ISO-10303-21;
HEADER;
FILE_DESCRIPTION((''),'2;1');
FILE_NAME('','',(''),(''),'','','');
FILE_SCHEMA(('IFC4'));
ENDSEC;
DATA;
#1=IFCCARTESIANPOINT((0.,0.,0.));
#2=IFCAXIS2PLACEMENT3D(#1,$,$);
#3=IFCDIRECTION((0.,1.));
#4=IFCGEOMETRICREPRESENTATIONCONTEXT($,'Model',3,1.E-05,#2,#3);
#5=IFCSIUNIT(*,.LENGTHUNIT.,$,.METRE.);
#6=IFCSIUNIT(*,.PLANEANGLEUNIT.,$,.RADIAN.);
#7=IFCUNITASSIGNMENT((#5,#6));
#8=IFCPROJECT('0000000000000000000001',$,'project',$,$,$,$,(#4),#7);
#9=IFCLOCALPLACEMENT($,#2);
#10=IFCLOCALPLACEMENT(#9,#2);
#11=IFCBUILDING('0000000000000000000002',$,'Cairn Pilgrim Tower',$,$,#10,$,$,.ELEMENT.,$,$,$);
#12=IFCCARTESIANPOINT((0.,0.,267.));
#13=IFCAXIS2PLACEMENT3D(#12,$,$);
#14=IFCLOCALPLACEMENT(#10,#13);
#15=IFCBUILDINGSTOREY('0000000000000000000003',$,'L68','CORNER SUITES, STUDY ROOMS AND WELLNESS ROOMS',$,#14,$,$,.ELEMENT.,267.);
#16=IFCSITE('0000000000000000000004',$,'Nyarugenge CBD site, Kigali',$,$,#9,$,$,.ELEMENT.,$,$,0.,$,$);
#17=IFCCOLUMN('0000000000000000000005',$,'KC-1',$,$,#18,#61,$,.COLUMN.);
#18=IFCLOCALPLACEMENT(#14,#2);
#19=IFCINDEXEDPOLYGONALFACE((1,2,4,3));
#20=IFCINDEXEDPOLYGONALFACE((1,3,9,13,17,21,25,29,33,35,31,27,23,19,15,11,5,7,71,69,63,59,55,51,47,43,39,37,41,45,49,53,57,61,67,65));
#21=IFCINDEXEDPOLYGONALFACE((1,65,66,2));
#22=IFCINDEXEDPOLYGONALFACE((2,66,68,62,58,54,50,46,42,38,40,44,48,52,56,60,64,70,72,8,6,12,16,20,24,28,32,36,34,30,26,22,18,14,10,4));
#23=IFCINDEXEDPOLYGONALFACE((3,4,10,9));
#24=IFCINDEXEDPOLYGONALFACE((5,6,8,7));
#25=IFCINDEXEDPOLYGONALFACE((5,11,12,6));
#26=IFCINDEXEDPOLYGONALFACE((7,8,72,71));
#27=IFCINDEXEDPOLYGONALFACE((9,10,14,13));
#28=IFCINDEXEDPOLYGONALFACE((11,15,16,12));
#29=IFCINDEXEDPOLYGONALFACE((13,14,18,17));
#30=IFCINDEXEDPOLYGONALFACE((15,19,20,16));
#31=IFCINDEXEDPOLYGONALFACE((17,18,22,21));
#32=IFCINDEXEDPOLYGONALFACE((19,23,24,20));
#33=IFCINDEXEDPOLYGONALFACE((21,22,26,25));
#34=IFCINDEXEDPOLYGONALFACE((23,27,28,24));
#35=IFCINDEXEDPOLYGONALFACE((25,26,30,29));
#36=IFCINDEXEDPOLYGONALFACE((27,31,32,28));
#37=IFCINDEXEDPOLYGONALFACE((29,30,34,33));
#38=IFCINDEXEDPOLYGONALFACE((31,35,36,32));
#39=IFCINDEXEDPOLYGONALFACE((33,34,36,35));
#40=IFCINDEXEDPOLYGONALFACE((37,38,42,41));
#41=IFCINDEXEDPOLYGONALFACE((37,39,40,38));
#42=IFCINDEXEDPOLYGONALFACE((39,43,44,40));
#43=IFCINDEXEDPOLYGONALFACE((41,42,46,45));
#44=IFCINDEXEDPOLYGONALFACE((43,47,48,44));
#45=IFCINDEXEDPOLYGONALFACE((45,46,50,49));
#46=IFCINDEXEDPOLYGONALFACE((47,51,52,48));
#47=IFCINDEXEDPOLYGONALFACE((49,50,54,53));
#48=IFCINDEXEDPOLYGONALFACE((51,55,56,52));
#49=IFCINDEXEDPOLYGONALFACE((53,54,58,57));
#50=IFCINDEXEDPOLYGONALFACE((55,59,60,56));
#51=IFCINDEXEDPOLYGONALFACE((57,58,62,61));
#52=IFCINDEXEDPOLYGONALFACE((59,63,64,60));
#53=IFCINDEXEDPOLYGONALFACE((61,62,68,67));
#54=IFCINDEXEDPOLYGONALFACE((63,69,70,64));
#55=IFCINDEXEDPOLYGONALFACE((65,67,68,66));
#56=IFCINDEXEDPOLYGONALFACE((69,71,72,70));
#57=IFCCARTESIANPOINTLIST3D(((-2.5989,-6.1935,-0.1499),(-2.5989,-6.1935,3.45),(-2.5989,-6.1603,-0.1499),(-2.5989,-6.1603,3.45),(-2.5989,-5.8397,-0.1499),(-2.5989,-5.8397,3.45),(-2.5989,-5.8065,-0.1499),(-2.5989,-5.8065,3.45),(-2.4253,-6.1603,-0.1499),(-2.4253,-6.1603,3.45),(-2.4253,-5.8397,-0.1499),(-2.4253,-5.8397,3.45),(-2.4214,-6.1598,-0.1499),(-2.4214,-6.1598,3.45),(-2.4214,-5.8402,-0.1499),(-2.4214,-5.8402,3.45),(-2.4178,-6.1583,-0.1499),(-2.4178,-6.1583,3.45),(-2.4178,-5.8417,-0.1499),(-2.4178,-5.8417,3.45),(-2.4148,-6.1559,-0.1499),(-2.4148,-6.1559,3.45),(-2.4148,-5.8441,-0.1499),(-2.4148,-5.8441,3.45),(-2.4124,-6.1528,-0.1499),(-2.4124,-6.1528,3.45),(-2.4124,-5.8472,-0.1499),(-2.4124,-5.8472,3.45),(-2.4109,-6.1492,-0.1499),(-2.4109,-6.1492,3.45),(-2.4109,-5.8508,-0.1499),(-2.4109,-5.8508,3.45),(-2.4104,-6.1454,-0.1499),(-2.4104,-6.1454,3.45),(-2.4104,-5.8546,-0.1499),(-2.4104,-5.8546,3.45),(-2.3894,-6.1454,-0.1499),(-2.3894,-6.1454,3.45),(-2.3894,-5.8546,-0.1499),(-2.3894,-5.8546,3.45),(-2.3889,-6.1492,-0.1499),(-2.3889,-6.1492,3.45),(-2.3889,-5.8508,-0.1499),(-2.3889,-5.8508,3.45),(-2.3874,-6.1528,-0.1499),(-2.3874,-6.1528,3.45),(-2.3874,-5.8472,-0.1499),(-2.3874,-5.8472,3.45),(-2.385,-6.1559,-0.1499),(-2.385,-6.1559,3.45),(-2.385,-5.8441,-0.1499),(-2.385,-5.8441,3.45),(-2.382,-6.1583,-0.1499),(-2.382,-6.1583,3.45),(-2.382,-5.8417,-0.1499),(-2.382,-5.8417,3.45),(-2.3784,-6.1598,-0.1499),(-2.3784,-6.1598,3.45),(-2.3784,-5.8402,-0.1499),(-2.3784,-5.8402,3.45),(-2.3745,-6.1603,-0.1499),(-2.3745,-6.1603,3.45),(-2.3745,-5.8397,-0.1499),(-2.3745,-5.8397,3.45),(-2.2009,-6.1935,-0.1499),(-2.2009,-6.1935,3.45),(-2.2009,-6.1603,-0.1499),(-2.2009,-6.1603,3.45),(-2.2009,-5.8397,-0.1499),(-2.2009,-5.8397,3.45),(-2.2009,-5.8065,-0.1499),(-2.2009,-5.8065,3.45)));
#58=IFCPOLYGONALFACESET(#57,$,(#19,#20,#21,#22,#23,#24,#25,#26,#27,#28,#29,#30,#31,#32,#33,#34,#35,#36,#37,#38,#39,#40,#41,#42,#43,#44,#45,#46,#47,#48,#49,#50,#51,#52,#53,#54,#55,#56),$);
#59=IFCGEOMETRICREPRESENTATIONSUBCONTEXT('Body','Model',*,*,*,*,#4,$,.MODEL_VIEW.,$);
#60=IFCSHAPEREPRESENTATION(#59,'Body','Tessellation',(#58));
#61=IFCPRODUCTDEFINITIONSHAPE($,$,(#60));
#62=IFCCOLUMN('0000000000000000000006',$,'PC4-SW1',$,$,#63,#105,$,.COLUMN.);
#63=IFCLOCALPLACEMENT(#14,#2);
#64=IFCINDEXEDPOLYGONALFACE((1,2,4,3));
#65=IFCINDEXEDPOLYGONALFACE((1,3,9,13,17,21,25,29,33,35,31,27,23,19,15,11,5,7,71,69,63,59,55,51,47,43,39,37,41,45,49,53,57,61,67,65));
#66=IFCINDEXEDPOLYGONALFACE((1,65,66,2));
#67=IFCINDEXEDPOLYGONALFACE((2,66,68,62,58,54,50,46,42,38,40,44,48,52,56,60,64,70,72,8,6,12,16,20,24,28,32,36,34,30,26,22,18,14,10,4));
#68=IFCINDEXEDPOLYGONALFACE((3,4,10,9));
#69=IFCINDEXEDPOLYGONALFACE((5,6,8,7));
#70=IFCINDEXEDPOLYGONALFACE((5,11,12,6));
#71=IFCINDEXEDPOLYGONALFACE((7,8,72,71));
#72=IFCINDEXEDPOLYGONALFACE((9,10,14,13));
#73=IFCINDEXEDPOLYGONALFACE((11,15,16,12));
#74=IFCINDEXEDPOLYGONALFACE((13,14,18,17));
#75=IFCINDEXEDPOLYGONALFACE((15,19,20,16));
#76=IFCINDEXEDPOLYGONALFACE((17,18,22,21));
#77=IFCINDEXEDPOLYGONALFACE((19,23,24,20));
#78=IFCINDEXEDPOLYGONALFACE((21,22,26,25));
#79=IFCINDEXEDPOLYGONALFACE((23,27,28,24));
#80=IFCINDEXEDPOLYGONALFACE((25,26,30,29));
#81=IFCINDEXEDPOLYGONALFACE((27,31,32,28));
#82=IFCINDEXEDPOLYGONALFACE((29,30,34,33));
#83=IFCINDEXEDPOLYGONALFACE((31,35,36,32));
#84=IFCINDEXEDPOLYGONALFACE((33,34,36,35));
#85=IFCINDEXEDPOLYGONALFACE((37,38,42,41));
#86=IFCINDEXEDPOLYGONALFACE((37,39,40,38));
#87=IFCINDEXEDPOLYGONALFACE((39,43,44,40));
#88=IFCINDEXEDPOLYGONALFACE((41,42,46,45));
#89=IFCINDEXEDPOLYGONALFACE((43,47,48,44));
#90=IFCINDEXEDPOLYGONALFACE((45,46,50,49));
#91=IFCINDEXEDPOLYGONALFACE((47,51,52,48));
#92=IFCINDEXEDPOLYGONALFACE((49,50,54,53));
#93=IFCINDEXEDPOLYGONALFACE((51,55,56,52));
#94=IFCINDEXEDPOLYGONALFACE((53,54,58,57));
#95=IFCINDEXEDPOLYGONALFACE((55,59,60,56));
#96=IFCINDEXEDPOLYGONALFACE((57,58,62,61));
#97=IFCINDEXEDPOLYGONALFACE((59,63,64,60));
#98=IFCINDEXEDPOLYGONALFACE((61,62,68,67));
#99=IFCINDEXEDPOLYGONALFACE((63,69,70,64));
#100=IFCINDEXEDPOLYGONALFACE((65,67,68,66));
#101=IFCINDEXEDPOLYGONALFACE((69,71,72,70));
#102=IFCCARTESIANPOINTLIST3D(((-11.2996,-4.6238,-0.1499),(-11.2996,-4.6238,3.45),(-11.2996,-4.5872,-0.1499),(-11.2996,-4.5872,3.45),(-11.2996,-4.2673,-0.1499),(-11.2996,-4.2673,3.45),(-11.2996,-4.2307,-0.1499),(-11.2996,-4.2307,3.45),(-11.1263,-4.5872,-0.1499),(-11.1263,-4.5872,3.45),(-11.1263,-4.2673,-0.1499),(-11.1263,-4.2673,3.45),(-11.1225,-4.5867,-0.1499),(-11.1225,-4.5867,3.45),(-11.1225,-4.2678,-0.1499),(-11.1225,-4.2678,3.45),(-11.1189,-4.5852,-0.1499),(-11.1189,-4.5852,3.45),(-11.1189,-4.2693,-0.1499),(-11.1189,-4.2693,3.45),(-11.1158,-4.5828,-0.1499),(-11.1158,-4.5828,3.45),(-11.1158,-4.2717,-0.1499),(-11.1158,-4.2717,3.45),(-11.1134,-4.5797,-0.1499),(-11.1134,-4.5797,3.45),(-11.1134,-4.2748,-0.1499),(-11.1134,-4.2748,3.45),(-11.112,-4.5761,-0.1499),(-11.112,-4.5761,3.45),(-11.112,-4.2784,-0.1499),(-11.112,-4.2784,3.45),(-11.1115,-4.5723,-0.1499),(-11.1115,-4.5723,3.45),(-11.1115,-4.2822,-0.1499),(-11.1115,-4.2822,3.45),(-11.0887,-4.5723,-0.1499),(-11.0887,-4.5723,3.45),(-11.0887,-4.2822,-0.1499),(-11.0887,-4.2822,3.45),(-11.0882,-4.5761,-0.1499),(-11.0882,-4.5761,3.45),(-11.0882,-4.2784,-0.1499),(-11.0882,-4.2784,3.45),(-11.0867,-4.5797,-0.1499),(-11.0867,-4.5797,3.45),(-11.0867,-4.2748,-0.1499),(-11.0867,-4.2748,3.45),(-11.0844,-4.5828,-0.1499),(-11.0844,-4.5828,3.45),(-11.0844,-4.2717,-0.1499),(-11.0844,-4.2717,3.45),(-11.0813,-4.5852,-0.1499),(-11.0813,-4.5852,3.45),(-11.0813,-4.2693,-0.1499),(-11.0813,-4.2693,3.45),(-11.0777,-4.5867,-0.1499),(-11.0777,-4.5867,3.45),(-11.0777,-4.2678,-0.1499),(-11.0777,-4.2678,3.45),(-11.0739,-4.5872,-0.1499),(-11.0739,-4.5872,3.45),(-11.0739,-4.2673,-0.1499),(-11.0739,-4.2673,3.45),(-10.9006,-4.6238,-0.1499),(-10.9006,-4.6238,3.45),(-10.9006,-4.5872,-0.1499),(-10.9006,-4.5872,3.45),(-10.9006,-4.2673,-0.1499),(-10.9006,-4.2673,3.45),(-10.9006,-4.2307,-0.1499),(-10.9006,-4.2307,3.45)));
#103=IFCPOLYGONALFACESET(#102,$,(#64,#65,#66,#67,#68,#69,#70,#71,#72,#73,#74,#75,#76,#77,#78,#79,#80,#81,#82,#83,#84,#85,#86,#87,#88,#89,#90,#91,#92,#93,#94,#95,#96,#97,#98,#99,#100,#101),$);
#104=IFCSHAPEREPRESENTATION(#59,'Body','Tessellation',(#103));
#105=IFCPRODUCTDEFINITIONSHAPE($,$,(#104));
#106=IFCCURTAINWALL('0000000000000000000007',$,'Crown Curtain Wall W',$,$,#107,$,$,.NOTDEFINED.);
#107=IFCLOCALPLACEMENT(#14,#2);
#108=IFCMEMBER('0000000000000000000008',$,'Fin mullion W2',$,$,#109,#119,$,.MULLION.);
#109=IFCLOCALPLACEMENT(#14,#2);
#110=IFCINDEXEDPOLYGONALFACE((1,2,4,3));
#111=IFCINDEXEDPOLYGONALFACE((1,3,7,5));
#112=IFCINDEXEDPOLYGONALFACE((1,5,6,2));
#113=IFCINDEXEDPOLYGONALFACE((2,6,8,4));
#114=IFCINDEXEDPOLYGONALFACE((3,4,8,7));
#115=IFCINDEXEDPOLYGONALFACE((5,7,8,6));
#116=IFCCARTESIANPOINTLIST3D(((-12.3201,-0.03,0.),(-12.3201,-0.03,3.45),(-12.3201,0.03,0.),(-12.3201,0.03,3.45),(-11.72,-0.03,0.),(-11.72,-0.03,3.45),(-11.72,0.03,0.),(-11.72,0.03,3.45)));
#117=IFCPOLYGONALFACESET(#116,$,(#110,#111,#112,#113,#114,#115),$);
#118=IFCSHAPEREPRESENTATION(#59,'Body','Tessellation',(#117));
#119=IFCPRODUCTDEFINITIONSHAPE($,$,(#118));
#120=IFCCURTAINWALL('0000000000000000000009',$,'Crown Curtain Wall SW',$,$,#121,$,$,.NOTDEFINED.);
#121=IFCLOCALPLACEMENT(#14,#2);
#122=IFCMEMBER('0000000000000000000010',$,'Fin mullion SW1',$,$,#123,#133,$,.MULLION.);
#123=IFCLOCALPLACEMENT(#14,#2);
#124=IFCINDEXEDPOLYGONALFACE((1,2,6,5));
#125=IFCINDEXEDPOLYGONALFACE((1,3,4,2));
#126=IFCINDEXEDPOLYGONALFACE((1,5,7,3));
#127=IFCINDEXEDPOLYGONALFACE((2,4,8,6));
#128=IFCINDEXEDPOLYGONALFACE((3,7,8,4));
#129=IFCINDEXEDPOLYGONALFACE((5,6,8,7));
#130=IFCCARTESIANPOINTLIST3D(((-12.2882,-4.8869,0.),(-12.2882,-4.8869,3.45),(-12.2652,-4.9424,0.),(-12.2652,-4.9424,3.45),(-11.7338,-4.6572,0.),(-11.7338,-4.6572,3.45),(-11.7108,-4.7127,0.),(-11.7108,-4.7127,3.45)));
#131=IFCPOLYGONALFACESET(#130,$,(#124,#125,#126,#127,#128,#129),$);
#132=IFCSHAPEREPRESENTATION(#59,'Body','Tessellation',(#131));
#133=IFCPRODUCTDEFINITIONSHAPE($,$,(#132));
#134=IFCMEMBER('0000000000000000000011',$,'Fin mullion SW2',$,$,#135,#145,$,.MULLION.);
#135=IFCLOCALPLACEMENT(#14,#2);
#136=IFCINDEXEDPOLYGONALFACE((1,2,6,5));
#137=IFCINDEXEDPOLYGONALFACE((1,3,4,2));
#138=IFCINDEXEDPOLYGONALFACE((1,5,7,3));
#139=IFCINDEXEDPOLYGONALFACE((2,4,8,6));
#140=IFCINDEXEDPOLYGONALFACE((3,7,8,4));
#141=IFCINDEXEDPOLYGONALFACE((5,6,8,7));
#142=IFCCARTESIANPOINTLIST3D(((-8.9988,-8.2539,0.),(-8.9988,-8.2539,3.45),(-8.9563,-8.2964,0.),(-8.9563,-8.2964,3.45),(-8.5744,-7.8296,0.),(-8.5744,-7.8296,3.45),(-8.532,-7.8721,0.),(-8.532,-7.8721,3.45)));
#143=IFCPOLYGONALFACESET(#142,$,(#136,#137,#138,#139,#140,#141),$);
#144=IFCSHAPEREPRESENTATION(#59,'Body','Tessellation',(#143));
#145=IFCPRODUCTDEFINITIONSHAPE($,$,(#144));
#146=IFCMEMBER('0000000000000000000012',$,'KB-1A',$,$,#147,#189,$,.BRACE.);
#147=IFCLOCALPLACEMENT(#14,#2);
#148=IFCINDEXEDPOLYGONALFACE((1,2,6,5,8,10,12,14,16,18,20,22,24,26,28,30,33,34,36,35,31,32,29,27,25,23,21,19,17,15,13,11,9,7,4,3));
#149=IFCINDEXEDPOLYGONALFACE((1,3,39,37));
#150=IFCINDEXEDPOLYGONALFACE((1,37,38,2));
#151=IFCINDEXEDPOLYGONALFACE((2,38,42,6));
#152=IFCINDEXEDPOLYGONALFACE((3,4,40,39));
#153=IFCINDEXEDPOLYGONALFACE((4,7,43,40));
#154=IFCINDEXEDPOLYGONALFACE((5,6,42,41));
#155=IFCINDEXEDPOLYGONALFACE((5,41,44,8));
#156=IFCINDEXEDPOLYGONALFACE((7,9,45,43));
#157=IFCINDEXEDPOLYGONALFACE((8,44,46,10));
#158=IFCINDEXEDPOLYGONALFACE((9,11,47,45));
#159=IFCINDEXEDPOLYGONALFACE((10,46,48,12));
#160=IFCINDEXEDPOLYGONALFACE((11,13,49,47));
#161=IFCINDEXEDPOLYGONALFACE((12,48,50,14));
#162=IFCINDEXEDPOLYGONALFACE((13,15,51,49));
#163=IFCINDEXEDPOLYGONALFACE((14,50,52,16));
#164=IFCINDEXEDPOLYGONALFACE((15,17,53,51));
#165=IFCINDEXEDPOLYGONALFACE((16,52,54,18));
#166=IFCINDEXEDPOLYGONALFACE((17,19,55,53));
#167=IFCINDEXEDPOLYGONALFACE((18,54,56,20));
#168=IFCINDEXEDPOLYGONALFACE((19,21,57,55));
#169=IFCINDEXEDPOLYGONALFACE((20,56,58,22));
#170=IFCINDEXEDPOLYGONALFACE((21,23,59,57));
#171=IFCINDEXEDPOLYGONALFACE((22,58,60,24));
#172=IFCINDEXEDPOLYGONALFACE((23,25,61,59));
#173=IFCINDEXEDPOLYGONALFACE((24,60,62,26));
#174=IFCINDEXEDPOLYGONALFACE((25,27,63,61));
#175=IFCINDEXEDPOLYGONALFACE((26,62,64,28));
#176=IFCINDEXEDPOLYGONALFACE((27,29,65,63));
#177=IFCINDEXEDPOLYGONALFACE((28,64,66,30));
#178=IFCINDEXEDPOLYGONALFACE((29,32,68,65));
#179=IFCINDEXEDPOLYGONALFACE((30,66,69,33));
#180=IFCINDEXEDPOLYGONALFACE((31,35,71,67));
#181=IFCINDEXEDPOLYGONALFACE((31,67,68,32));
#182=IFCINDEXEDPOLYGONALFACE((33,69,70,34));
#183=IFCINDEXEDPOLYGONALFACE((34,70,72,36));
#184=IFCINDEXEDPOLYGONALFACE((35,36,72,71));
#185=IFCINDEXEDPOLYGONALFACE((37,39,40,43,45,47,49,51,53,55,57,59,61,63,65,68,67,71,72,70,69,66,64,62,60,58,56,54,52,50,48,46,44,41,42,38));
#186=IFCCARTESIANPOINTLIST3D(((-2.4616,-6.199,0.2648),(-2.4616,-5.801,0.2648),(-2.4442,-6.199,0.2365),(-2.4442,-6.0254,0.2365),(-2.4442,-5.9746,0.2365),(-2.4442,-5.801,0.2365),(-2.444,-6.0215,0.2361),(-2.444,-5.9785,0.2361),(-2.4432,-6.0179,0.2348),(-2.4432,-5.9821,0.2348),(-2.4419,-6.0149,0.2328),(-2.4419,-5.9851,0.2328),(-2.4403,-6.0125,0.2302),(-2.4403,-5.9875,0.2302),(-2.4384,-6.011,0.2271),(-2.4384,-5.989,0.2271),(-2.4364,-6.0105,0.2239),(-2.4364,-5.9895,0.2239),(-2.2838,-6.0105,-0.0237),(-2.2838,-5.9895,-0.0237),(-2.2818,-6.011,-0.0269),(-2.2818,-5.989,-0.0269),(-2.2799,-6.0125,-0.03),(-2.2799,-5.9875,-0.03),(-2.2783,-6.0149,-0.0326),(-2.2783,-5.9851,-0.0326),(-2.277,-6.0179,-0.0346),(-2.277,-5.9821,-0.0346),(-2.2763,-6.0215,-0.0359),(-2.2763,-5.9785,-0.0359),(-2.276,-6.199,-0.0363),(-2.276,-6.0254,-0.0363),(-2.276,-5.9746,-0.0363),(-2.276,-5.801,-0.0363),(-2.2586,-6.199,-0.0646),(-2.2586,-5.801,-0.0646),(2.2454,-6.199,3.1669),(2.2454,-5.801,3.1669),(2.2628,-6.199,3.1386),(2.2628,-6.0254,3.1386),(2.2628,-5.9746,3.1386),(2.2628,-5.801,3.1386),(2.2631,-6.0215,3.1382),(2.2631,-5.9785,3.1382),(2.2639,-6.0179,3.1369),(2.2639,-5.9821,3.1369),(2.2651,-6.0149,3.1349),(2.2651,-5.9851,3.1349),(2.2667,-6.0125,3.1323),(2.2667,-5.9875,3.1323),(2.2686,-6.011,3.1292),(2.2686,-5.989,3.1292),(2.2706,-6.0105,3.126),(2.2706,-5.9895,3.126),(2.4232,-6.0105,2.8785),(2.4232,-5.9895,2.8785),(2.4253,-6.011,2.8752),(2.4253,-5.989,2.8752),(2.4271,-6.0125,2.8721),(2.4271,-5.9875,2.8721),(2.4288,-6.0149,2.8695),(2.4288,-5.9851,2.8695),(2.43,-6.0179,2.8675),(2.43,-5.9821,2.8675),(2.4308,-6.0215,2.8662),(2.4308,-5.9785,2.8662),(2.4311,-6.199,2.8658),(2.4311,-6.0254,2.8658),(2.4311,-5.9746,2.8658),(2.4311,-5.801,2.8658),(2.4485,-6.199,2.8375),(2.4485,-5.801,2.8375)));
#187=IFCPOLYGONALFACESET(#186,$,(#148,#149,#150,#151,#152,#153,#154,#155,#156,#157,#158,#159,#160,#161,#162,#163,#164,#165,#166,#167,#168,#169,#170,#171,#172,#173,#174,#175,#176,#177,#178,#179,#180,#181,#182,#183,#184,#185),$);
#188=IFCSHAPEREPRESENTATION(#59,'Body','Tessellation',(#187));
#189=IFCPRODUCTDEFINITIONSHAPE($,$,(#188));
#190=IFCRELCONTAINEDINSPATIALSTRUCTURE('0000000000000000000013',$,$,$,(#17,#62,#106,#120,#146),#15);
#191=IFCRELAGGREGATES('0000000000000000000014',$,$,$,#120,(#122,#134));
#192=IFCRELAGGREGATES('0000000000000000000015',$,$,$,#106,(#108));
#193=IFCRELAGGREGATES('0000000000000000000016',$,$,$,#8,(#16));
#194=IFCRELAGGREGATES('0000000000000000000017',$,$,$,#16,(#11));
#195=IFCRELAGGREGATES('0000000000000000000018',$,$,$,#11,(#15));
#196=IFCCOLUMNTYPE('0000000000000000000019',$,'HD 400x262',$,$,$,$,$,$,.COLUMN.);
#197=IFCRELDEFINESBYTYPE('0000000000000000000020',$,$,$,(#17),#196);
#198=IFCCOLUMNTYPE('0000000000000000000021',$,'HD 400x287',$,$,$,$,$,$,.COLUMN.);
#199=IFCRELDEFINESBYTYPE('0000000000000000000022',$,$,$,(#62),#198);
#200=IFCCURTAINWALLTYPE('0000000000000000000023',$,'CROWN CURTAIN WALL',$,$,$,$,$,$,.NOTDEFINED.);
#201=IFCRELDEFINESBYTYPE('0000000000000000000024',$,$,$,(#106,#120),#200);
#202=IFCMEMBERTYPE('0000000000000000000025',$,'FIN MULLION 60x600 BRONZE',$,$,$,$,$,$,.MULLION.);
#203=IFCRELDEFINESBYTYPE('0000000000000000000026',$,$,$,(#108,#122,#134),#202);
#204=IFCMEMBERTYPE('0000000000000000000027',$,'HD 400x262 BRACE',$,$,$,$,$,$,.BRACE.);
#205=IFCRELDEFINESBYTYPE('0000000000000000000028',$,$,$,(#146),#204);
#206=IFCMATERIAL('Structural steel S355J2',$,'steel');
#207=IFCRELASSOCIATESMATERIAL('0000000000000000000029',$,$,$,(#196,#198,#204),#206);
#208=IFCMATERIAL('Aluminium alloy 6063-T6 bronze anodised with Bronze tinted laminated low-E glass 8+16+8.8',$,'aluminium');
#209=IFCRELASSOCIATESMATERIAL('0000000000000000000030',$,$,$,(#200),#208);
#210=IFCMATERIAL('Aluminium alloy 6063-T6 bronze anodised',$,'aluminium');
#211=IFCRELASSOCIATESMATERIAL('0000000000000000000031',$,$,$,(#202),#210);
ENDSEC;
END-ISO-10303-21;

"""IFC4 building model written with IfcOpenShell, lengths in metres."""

from ifc_helpers import new_model, si_unit, direction, frame, origin, origin_2d, place, context, subcontext, project, spatial, rectangle, i_section, extrude, material, material_profile, profile_set, type_object, element, aggregate, save


model = new_model("IFC4")

# Units and contexts
model_context = context("Model", 3, precision=1e-05, world=origin(), true_north=direction((0.0, 1.0)))
body_context = subcontext(model_context, "Body", "Model", "MODEL_VIEW")
ifc_project = project(units=[si_unit("LENGTHUNIT", "METRE"), si_unit("PLANEANGLEUNIT", "RADIAN")], contexts=[model_context])

# Site, building, storey
site_placement = place(None, origin())
site = spatial("IfcSite", under=ifc_project, at=site_placement, Name="Nyarugenge CBD site, Kigali", CompositionType="ELEMENT", RefElevation=0.0)
building_placement = place(site_placement, origin())
building = spatial("IfcBuilding", under=site, at=building_placement, Name="Cairn Pilgrim Tower", CompositionType="ELEMENT")
storey_placement = place(building_placement, frame((0.0, 0.0, 267.0)))
storey = spatial("IfcBuildingStorey", under=building, at=storey_placement, Name="L68", Description="CORNER SUITES, STUDY ROOMS AND WELLNESS ROOMS", CompositionType="ELEMENT", Elevation=267.0)

# Columns
ifc_material_1 = material(Name="Structural steel S355J2", Category="steel")
ifc_material_profile_1 = material_profile(ifc_material_1, i_section(OverallWidth=0.3979, OverallDepth=0.387, WebThickness=0.021, FlangeThickness=0.0332, FilletRadius=0.0149, at=origin_2d()), Name="HD 400x262")
ifc_profile_set_1 = profile_set([ifc_material_profile_1], Name="Structural steel S355J2")
column_type_1 = type_object("IfcColumnType", Name="HD 400x262", PredefinedType="COLUMN", material=ifc_profile_set_1)
column_1_placement = place(storey_placement, frame((-2.3999, -6.0, -0.1499), z_axis=(0.0, 0.0, 1.0), x_axis=(1.0, 0.0, 0.0)))
element("IfcColumn", 1, at=column_1_placement, inside=storey, type_object=column_type_1, Name="KC-1", PredefinedType="COLUMN", context=body_context, shape_type="SweptSolid", body=[
    extrude(i_section(OverallWidth=0.3979, OverallDepth=0.387, WebThickness=0.021, FlangeThickness=0.0332, FilletRadius=0.0149, at=origin_2d()), origin(), (0.0, 0.0, 1.0), 3.5999),
])
ifc_material_profile_2 = material_profile(ifc_material_1, i_section(OverallWidth=0.3989, OverallDepth=0.3931, WebThickness=0.0227, FlangeThickness=0.0366, FilletRadius=0.0149, at=origin_2d()), Name="HD 400x287")
ifc_profile_set_2 = profile_set([ifc_material_profile_2], Name="Structural steel S355J2")
column_type_2 = type_object("IfcColumnType", Name="HD 400x287", PredefinedType="COLUMN", material=ifc_profile_set_2)
column_2_placement = place(storey_placement, frame((-11.1001, -4.4272, -0.1499), z_axis=(0.0, 0.0, 1.0), x_axis=(1.0, 0.0, 0.0)))
element("IfcColumn", 2, at=column_2_placement, inside=storey, type_object=column_type_2, Name="PC4-SW1", PredefinedType="COLUMN", context=body_context, shape_type="SweptSolid", body=[
    extrude(i_section(OverallWidth=0.3989, OverallDepth=0.3931, WebThickness=0.0227, FlangeThickness=0.0366, FilletRadius=0.0149, at=origin_2d()), origin(), (0.0, 0.0, 1.0), 3.5999),
])

# Curtain wall, member
ifc_material_2 = material(Name="Aluminium alloy 6063-T6 bronze anodised with Bronze tinted laminated low-E glass 8+16+8.8", Category="aluminium")
curtain_wall_type = type_object("IfcCurtainWallType", Name="CROWN CURTAIN WALL", PredefinedType="NOTDEFINED", material=ifc_material_2)
curtain_wall_1_placement = place(storey_placement, origin())
curtain_wall_1 = element("IfcCurtainWall", 3, at=curtain_wall_1_placement, inside=storey, type_object=curtain_wall_type, Name="Crown Curtain Wall W", PredefinedType="NOTDEFINED")
ifc_material_3 = material(Name="Aluminium alloy 6063-T6 bronze anodised", Category="aluminium")
ifc_material_profile_3 = material_profile(ifc_material_3, rectangle(XDim=0.6001, YDim=0.0601, at=origin_2d()), Name="FIN MULLION 60x600 BRONZE")
ifc_profile_set_3 = profile_set([ifc_material_profile_3], Name="Aluminium alloy 6063-T6 bronze anodised")
member_type_1 = type_object("IfcMemberType", Name="FIN MULLION 60x600 BRONZE", PredefinedType="MULLION", material=ifc_profile_set_3)
member_1_placement = place(storey_placement, frame((-12.02, 0.0, 0.0), z_axis=(0.0, 0.0, 1.0), x_axis=(-1.0, 0.0, 0.0)))
member_1 = element("IfcMember", 4, at=member_1_placement, type_object=member_type_1, Name="Fin mullion W2", PredefinedType="MULLION", context=body_context, shape_type="SweptSolid", body=[
    extrude(rectangle(XDim=0.6001, YDim=0.0601, at=origin_2d()), origin(), (0.0, 0.0, 1.0), 3.45),
])

# Curtain wall, members
curtain_wall_2_placement = place(storey_placement, origin())
curtain_wall_2 = element("IfcCurtainWall", 5, at=curtain_wall_2_placement, inside=storey, type_object=curtain_wall_type, Name="Crown Curtain Wall SW", PredefinedType="NOTDEFINED")
member_2_placement = place(storey_placement, frame((-11.9995, -4.7998, 0.0), z_axis=(0.0, 0.0, 1.0), x_axis=(-0.92388, -0.382683, 0.0)))
member_2 = element("IfcMember", 6, at=member_2_placement, type_object=member_type_1, Name="Fin mullion SW1", PredefinedType="MULLION", context=body_context, shape_type="SweptSolid", body=[
    extrude(rectangle(XDim=0.6001, YDim=0.0601, at=origin_2d()), origin(), (0.0, 0.0, 1.0), 3.45),
])
member_3_placement = place(storey_placement, frame((-8.7654, -8.063, 0.0), z_axis=(0.0, 0.0, 1.0), x_axis=(-0.707107, -0.707107, 0.0)))
member_3 = element("IfcMember", 7, at=member_3_placement, type_object=member_type_1, Name="Fin mullion SW2", PredefinedType="MULLION", context=body_context, shape_type="SweptSolid", body=[
    extrude(rectangle(XDim=0.6001, YDim=0.0601, at=origin_2d()), origin(), (0.0, 0.0, 1.0), 3.45),
])

# Member
ifc_material_profile_4 = material_profile(ifc_material_1, i_section(OverallWidth=0.3979, OverallDepth=0.387, WebThickness=0.021, FlangeThickness=0.0332, FilletRadius=0.0149, at=origin_2d()), Name="HD 400x262")
ifc_profile_set_4 = profile_set([ifc_material_profile_4], Name="Structural steel S355J2")
member_type_2 = type_object("IfcMemberType", Name="HD 400x262 BRACE", PredefinedType="BRACE", material=ifc_profile_set_4)
member_4_placement = place(storey_placement, frame((-2.3601, -6.0, 0.1001), z_axis=(0.851217, 0.0, 0.524814), x_axis=(0.0, 1.0, 0.0)))
element("IfcMember", 8, at=member_4_placement, inside=storey, type_object=member_type_2, Name="KB-1A", PredefinedType="BRACE", context=body_context, shape_type="SweptSolid", body=[
    extrude(i_section(OverallWidth=0.3979, OverallDepth=0.387, WebThickness=0.021, FlangeThickness=0.0332, FilletRadius=0.0149, at=origin_2d()), origin(), (0.0, 0.0, 1.0), 5.5298),
])

aggregate(curtain_wall_2, [member_2, member_3])
aggregate(curtain_wall_1, [member_1])

save(model, "model.ifc")
